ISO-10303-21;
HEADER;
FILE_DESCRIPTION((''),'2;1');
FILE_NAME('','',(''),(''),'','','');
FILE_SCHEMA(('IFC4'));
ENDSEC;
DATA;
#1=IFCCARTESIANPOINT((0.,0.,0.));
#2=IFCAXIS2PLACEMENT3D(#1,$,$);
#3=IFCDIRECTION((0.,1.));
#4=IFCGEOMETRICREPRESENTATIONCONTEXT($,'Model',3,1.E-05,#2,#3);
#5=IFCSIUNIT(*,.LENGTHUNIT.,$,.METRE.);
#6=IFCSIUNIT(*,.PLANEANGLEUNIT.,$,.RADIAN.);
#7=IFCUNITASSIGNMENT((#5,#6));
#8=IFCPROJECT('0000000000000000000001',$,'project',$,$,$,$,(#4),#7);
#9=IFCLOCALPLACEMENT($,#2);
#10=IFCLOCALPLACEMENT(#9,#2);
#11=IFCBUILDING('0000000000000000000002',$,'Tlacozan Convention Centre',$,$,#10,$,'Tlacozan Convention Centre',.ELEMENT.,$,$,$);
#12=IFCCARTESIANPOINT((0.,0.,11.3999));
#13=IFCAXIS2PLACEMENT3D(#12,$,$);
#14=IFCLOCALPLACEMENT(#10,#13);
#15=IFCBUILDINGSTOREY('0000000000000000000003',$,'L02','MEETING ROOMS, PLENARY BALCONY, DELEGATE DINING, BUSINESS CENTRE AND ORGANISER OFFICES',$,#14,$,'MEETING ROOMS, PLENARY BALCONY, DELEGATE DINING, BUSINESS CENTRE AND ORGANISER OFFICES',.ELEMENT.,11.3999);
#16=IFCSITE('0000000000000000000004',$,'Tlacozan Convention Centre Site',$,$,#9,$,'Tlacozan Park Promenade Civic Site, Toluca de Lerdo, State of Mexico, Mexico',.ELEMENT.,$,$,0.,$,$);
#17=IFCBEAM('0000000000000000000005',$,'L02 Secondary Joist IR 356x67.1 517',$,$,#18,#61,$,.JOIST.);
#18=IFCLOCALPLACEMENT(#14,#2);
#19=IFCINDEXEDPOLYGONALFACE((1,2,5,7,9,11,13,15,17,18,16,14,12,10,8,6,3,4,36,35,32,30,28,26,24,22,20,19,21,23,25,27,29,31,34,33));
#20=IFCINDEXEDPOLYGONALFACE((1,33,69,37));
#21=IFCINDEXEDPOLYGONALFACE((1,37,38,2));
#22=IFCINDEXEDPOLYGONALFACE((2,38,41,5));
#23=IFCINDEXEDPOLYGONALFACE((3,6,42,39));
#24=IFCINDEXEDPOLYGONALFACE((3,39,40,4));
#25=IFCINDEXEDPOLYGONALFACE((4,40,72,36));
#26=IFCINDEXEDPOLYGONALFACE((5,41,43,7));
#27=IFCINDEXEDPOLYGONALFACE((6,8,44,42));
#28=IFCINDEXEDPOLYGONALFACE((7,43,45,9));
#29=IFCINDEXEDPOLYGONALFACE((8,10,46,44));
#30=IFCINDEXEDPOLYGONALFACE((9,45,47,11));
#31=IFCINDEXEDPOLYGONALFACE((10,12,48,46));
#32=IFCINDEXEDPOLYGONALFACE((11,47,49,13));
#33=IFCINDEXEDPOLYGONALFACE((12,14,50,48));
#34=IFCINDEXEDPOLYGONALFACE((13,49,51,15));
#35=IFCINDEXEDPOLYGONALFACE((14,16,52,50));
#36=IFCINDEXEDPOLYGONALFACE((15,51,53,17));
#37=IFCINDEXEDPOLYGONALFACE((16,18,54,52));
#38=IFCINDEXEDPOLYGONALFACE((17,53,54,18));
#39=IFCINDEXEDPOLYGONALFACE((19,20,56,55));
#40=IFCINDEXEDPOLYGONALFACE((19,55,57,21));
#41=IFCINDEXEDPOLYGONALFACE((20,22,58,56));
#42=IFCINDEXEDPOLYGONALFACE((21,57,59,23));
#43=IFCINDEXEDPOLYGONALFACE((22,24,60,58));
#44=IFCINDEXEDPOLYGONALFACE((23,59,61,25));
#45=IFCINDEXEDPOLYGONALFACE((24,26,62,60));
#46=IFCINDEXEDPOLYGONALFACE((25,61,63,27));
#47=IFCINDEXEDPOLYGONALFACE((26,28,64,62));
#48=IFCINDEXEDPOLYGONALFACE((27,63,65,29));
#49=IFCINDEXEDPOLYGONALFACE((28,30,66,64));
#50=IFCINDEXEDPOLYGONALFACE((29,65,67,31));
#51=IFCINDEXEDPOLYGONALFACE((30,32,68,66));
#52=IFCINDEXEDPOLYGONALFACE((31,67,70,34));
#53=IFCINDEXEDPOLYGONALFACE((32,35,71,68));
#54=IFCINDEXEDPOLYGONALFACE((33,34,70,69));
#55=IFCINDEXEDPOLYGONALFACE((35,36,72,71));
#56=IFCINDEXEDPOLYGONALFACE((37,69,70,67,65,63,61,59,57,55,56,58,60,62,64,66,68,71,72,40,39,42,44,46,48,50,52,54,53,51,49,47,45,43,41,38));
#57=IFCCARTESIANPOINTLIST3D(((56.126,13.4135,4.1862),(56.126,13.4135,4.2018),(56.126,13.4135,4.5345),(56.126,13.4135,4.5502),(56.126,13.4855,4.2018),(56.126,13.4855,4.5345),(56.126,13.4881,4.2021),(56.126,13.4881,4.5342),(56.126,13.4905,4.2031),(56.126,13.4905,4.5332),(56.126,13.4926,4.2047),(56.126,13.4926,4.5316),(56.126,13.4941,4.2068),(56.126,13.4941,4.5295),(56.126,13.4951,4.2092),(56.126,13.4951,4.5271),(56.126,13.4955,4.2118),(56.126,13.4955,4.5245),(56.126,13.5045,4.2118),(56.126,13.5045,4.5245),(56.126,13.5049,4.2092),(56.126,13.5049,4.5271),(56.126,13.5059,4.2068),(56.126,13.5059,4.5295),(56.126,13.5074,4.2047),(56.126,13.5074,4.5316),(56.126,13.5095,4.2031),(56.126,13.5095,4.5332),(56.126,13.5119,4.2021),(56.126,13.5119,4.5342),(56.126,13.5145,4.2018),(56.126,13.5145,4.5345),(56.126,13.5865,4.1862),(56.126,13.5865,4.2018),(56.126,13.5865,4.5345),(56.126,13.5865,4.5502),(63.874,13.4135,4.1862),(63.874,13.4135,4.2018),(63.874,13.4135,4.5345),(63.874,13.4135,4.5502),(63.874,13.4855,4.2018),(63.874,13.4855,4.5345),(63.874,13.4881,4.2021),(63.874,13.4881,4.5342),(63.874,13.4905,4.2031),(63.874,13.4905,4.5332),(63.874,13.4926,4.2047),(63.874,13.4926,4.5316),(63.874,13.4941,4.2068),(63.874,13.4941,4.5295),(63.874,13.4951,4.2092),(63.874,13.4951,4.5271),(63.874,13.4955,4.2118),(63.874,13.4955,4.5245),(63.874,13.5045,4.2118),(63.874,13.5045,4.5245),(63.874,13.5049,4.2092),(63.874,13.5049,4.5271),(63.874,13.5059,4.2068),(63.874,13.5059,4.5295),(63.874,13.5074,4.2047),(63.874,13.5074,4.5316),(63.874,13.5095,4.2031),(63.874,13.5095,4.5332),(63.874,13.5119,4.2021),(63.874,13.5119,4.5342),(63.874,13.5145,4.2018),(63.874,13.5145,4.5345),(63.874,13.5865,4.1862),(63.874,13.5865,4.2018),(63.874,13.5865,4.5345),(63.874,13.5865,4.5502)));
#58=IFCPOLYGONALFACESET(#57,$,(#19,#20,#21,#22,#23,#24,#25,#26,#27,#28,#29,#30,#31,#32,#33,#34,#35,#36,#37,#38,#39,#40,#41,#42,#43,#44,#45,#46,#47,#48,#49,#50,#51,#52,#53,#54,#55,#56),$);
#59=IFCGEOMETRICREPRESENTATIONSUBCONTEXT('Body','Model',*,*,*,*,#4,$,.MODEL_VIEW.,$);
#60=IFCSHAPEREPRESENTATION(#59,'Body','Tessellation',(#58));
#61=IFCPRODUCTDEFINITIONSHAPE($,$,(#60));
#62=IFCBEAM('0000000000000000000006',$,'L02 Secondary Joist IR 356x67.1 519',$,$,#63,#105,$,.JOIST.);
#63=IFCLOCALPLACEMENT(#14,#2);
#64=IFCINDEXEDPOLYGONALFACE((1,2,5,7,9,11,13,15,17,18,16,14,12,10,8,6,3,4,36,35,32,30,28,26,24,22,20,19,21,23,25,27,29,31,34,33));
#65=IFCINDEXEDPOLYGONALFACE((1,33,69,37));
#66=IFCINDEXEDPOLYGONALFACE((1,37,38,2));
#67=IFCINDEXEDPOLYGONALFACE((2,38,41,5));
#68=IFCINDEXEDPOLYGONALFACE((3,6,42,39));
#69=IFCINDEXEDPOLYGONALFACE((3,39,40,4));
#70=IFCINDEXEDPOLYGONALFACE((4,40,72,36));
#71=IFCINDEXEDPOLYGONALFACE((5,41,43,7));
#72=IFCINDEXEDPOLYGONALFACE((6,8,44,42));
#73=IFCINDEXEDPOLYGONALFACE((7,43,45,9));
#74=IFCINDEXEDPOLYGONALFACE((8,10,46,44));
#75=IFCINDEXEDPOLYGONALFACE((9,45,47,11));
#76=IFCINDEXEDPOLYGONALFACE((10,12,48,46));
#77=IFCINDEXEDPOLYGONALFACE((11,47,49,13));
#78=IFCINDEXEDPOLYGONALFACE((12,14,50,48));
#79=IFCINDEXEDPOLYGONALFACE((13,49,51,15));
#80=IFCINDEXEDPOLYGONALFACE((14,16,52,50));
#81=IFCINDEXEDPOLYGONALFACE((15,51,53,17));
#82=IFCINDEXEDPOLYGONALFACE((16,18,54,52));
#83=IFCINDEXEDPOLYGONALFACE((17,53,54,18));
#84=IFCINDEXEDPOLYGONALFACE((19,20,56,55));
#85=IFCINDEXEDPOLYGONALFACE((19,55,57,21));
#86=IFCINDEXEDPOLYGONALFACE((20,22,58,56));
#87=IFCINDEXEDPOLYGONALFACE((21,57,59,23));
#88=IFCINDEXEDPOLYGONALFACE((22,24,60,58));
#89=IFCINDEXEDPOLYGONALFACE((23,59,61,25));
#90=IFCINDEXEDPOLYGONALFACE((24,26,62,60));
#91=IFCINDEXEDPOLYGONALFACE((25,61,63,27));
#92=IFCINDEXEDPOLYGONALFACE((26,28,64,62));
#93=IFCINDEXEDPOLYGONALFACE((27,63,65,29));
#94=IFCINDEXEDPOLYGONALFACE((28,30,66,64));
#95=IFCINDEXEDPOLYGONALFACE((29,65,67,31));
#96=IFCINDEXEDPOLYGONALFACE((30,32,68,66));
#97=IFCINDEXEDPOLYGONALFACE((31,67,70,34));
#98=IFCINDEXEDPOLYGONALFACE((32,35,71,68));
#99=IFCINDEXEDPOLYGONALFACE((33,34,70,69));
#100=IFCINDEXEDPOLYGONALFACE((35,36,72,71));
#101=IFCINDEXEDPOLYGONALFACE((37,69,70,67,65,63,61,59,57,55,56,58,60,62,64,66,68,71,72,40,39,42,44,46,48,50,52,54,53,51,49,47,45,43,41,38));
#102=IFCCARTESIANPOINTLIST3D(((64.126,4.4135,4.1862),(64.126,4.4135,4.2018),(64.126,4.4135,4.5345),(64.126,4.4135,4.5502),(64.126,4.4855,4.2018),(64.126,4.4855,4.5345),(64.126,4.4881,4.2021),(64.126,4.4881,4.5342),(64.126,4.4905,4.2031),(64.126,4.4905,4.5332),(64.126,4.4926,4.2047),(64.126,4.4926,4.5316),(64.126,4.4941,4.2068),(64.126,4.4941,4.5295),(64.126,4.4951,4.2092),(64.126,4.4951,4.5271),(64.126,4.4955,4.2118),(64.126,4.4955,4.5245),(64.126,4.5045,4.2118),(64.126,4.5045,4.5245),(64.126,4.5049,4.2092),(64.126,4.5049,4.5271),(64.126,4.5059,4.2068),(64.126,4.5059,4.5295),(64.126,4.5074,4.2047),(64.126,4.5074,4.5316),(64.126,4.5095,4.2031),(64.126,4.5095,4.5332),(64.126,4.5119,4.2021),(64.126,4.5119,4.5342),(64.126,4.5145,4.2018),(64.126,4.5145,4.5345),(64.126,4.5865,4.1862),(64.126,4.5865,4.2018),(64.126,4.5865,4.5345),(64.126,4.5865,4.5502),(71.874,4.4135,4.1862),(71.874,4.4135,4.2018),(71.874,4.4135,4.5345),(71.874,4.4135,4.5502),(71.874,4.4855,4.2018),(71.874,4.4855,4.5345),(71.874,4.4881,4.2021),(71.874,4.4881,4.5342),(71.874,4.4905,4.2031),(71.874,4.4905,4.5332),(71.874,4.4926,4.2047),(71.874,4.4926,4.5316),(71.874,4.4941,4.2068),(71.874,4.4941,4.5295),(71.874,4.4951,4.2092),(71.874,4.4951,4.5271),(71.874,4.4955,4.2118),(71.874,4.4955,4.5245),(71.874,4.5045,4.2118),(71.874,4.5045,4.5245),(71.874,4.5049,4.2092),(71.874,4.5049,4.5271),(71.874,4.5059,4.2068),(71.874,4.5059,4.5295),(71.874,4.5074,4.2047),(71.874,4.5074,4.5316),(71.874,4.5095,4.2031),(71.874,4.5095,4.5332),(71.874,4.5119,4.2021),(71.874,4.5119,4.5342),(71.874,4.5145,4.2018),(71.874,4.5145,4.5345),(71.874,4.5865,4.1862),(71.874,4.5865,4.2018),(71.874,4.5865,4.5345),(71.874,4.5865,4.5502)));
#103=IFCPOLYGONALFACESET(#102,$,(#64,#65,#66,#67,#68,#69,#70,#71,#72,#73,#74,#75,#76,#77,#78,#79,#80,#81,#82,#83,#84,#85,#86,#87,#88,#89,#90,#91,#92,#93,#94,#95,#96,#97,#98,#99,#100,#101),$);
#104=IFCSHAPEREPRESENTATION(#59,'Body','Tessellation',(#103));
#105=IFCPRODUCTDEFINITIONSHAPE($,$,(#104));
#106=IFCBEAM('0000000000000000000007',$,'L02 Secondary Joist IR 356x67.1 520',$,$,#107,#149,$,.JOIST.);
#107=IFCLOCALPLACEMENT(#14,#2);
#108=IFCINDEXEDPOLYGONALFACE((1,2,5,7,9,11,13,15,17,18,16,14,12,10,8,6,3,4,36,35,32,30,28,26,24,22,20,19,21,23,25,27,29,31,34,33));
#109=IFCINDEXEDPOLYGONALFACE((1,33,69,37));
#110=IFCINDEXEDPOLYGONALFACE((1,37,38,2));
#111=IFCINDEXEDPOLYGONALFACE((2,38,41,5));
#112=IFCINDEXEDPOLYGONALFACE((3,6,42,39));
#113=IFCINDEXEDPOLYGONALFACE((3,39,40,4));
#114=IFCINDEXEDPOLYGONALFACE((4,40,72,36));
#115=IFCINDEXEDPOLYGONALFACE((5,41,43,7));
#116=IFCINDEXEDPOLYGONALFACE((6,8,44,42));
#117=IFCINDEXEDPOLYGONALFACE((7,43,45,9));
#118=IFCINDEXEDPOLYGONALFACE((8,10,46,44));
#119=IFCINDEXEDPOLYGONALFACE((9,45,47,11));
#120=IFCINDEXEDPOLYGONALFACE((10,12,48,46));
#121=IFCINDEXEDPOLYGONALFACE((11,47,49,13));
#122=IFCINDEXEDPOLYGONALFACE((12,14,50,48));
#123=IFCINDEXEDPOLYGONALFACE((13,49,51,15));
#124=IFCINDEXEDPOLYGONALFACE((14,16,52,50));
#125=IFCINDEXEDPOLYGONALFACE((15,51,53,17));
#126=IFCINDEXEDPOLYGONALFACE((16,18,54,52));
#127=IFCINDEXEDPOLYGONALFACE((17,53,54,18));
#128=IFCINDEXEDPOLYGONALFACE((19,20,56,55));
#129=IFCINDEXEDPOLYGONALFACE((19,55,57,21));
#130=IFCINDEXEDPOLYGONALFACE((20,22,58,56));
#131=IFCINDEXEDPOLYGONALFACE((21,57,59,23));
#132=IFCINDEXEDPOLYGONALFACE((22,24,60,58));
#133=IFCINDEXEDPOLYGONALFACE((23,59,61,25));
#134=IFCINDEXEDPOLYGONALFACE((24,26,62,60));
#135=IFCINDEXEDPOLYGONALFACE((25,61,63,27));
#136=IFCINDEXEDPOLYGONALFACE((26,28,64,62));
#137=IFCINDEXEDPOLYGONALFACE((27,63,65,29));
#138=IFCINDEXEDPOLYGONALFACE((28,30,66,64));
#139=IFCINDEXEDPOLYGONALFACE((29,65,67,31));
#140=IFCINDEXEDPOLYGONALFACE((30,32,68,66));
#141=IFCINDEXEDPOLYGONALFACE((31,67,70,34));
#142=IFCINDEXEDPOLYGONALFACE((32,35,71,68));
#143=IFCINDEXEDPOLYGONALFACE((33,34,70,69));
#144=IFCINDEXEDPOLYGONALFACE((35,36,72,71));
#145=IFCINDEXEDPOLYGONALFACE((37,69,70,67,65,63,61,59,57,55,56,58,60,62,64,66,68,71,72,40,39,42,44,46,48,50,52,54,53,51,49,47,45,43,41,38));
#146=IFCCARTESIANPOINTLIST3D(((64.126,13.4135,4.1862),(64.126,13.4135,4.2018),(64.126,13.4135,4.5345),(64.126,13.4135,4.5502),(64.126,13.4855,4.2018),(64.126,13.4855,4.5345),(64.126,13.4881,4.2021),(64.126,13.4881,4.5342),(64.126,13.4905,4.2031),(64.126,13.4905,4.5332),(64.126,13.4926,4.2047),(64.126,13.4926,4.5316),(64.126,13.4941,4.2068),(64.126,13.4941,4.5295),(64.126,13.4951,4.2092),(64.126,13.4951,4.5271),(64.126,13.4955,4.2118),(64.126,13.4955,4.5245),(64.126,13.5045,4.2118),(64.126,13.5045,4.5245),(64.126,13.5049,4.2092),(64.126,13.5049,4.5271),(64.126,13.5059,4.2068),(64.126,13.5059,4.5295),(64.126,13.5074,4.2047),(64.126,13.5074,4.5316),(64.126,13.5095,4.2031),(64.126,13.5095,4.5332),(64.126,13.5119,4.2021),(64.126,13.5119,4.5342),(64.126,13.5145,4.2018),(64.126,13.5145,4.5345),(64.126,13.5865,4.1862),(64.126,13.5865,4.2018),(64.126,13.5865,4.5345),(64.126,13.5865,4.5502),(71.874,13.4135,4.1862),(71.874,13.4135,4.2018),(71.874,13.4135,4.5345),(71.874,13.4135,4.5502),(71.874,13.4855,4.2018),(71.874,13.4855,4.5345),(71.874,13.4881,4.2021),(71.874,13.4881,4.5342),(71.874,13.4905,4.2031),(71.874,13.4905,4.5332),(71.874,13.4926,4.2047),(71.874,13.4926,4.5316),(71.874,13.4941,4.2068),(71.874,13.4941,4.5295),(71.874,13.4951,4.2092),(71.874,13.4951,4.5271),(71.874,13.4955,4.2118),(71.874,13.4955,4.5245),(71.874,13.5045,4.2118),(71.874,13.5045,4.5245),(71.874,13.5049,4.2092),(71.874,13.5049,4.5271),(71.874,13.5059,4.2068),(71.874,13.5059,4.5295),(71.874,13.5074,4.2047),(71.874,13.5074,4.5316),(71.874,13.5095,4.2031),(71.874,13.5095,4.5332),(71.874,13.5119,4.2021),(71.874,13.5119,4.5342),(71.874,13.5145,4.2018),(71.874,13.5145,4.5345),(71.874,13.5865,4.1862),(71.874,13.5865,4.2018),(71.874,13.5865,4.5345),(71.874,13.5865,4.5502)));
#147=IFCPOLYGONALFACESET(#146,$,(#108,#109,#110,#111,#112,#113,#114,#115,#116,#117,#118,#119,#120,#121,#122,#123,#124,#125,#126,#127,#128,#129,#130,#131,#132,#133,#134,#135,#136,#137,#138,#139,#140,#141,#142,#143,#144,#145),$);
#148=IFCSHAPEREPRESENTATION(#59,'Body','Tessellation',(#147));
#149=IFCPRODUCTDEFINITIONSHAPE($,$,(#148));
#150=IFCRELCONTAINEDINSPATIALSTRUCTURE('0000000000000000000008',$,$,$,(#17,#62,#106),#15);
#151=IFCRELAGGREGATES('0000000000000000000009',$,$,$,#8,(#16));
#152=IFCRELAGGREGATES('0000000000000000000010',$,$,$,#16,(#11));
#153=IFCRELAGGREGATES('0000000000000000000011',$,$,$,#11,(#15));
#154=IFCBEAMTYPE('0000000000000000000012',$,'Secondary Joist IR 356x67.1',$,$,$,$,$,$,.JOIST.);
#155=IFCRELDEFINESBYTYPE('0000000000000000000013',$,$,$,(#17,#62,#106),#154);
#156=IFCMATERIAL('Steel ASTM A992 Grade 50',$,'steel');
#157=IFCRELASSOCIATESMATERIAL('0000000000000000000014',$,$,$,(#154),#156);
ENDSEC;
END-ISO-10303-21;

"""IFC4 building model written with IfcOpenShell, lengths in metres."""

from ifc_helpers import new_model, si_unit, direction, frame, origin, origin_2d, place, context, subcontext, project, spatial, i_section, extrude, material, material_profile, profile_set, type_object, element, save


model = new_model("IFC4")

# Units and contexts
model_context = context("Model", 3, precision=1e-05, world=origin(), true_north=direction((0.0, 1.0)))
body_context = subcontext(model_context, "Body", "Model", "MODEL_VIEW")
ifc_project = project(units=[si_unit("LENGTHUNIT", "METRE"), si_unit("PLANEANGLEUNIT", "RADIAN")], contexts=[model_context])

# Site, building, storey
site_placement = place(None, origin())
site = spatial("IfcSite", under=ifc_project, at=site_placement, Name="Tlacozan Convention Centre Site", LongName="Tlacozan Park Promenade Civic Site, Toluca de Lerdo, State of Mexico, Mexico", CompositionType="ELEMENT", RefElevation=0.0)
building_placement = place(site_placement, origin())
building = spatial("IfcBuilding", under=site, at=building_placement, Name="Tlacozan Convention Centre", LongName="Tlacozan Convention Centre", CompositionType="ELEMENT")
storey_placement = place(building_placement, frame((0.0, 0.0, 11.3999)))
storey = spatial("IfcBuildingStorey", under=building, at=storey_placement, Name="L02", Description="MEETING ROOMS, PLENARY BALCONY, DELEGATE DINING, BUSINESS CENTRE AND ORGANISER OFFICES", LongName="MEETING ROOMS, PLENARY BALCONY, DELEGATE DINING, BUSINESS CENTRE AND ORGANISER OFFICES", CompositionType="ELEMENT", Elevation=11.3999)

# Beams
ifc_material_1 = material(Name="Steel ASTM A992 Grade 50", Category="steel")
ifc_material_profile_1 = material_profile(ifc_material_1, i_section(OverallWidth=0.1731, OverallDepth=0.364, WebThickness=0.009, FlangeThickness=0.0156, FilletRadius=0.01, at=origin_2d()), Name="IR 356x67.1")
ifc_profile_set_1 = profile_set([ifc_material_profile_1], Name="Steel ASTM A992 Grade 50")
beam_type_1 = type_object("IfcBeamType", Name="Secondary Joist IR 356x67.1", PredefinedType="JOIST", material=ifc_profile_set_1)
for number, where, z_axis, x_axis, name in (
    (1, (56.126, 13.5, 4.3682), (1.0, 0.0, 0.0), (0.0, 1.0, 0.0), "L02 Secondary Joist IR 356x67.1 517"),
    (2, (64.126, 4.5, 4.3682), (1.0, 0.0, 0.0), (0.0, 1.0, 0.0), "L02 Secondary Joist IR 356x67.1 519"),
    (3, (64.126, 13.5, 4.3682), (1.0, 0.0, 0.0), (0.0, 1.0, 0.0), "L02 Secondary Joist IR 356x67.1 520"),
):
    element("IfcBeam", number, at=place(storey_placement, frame(where, z_axis=z_axis, x_axis=x_axis)), inside=storey, type_object=beam_type_1, Name=name, PredefinedType="JOIST", context=body_context, shape_type="SweptSolid", body=[
        extrude(i_section(OverallWidth=0.1731, OverallDepth=0.364, WebThickness=0.009, FlangeThickness=0.0156, FilletRadius=0.01, at=origin_2d()), origin(), (0.0, 0.0, 1.0), 7.748),
    ])

save(model, "model.ifc")
